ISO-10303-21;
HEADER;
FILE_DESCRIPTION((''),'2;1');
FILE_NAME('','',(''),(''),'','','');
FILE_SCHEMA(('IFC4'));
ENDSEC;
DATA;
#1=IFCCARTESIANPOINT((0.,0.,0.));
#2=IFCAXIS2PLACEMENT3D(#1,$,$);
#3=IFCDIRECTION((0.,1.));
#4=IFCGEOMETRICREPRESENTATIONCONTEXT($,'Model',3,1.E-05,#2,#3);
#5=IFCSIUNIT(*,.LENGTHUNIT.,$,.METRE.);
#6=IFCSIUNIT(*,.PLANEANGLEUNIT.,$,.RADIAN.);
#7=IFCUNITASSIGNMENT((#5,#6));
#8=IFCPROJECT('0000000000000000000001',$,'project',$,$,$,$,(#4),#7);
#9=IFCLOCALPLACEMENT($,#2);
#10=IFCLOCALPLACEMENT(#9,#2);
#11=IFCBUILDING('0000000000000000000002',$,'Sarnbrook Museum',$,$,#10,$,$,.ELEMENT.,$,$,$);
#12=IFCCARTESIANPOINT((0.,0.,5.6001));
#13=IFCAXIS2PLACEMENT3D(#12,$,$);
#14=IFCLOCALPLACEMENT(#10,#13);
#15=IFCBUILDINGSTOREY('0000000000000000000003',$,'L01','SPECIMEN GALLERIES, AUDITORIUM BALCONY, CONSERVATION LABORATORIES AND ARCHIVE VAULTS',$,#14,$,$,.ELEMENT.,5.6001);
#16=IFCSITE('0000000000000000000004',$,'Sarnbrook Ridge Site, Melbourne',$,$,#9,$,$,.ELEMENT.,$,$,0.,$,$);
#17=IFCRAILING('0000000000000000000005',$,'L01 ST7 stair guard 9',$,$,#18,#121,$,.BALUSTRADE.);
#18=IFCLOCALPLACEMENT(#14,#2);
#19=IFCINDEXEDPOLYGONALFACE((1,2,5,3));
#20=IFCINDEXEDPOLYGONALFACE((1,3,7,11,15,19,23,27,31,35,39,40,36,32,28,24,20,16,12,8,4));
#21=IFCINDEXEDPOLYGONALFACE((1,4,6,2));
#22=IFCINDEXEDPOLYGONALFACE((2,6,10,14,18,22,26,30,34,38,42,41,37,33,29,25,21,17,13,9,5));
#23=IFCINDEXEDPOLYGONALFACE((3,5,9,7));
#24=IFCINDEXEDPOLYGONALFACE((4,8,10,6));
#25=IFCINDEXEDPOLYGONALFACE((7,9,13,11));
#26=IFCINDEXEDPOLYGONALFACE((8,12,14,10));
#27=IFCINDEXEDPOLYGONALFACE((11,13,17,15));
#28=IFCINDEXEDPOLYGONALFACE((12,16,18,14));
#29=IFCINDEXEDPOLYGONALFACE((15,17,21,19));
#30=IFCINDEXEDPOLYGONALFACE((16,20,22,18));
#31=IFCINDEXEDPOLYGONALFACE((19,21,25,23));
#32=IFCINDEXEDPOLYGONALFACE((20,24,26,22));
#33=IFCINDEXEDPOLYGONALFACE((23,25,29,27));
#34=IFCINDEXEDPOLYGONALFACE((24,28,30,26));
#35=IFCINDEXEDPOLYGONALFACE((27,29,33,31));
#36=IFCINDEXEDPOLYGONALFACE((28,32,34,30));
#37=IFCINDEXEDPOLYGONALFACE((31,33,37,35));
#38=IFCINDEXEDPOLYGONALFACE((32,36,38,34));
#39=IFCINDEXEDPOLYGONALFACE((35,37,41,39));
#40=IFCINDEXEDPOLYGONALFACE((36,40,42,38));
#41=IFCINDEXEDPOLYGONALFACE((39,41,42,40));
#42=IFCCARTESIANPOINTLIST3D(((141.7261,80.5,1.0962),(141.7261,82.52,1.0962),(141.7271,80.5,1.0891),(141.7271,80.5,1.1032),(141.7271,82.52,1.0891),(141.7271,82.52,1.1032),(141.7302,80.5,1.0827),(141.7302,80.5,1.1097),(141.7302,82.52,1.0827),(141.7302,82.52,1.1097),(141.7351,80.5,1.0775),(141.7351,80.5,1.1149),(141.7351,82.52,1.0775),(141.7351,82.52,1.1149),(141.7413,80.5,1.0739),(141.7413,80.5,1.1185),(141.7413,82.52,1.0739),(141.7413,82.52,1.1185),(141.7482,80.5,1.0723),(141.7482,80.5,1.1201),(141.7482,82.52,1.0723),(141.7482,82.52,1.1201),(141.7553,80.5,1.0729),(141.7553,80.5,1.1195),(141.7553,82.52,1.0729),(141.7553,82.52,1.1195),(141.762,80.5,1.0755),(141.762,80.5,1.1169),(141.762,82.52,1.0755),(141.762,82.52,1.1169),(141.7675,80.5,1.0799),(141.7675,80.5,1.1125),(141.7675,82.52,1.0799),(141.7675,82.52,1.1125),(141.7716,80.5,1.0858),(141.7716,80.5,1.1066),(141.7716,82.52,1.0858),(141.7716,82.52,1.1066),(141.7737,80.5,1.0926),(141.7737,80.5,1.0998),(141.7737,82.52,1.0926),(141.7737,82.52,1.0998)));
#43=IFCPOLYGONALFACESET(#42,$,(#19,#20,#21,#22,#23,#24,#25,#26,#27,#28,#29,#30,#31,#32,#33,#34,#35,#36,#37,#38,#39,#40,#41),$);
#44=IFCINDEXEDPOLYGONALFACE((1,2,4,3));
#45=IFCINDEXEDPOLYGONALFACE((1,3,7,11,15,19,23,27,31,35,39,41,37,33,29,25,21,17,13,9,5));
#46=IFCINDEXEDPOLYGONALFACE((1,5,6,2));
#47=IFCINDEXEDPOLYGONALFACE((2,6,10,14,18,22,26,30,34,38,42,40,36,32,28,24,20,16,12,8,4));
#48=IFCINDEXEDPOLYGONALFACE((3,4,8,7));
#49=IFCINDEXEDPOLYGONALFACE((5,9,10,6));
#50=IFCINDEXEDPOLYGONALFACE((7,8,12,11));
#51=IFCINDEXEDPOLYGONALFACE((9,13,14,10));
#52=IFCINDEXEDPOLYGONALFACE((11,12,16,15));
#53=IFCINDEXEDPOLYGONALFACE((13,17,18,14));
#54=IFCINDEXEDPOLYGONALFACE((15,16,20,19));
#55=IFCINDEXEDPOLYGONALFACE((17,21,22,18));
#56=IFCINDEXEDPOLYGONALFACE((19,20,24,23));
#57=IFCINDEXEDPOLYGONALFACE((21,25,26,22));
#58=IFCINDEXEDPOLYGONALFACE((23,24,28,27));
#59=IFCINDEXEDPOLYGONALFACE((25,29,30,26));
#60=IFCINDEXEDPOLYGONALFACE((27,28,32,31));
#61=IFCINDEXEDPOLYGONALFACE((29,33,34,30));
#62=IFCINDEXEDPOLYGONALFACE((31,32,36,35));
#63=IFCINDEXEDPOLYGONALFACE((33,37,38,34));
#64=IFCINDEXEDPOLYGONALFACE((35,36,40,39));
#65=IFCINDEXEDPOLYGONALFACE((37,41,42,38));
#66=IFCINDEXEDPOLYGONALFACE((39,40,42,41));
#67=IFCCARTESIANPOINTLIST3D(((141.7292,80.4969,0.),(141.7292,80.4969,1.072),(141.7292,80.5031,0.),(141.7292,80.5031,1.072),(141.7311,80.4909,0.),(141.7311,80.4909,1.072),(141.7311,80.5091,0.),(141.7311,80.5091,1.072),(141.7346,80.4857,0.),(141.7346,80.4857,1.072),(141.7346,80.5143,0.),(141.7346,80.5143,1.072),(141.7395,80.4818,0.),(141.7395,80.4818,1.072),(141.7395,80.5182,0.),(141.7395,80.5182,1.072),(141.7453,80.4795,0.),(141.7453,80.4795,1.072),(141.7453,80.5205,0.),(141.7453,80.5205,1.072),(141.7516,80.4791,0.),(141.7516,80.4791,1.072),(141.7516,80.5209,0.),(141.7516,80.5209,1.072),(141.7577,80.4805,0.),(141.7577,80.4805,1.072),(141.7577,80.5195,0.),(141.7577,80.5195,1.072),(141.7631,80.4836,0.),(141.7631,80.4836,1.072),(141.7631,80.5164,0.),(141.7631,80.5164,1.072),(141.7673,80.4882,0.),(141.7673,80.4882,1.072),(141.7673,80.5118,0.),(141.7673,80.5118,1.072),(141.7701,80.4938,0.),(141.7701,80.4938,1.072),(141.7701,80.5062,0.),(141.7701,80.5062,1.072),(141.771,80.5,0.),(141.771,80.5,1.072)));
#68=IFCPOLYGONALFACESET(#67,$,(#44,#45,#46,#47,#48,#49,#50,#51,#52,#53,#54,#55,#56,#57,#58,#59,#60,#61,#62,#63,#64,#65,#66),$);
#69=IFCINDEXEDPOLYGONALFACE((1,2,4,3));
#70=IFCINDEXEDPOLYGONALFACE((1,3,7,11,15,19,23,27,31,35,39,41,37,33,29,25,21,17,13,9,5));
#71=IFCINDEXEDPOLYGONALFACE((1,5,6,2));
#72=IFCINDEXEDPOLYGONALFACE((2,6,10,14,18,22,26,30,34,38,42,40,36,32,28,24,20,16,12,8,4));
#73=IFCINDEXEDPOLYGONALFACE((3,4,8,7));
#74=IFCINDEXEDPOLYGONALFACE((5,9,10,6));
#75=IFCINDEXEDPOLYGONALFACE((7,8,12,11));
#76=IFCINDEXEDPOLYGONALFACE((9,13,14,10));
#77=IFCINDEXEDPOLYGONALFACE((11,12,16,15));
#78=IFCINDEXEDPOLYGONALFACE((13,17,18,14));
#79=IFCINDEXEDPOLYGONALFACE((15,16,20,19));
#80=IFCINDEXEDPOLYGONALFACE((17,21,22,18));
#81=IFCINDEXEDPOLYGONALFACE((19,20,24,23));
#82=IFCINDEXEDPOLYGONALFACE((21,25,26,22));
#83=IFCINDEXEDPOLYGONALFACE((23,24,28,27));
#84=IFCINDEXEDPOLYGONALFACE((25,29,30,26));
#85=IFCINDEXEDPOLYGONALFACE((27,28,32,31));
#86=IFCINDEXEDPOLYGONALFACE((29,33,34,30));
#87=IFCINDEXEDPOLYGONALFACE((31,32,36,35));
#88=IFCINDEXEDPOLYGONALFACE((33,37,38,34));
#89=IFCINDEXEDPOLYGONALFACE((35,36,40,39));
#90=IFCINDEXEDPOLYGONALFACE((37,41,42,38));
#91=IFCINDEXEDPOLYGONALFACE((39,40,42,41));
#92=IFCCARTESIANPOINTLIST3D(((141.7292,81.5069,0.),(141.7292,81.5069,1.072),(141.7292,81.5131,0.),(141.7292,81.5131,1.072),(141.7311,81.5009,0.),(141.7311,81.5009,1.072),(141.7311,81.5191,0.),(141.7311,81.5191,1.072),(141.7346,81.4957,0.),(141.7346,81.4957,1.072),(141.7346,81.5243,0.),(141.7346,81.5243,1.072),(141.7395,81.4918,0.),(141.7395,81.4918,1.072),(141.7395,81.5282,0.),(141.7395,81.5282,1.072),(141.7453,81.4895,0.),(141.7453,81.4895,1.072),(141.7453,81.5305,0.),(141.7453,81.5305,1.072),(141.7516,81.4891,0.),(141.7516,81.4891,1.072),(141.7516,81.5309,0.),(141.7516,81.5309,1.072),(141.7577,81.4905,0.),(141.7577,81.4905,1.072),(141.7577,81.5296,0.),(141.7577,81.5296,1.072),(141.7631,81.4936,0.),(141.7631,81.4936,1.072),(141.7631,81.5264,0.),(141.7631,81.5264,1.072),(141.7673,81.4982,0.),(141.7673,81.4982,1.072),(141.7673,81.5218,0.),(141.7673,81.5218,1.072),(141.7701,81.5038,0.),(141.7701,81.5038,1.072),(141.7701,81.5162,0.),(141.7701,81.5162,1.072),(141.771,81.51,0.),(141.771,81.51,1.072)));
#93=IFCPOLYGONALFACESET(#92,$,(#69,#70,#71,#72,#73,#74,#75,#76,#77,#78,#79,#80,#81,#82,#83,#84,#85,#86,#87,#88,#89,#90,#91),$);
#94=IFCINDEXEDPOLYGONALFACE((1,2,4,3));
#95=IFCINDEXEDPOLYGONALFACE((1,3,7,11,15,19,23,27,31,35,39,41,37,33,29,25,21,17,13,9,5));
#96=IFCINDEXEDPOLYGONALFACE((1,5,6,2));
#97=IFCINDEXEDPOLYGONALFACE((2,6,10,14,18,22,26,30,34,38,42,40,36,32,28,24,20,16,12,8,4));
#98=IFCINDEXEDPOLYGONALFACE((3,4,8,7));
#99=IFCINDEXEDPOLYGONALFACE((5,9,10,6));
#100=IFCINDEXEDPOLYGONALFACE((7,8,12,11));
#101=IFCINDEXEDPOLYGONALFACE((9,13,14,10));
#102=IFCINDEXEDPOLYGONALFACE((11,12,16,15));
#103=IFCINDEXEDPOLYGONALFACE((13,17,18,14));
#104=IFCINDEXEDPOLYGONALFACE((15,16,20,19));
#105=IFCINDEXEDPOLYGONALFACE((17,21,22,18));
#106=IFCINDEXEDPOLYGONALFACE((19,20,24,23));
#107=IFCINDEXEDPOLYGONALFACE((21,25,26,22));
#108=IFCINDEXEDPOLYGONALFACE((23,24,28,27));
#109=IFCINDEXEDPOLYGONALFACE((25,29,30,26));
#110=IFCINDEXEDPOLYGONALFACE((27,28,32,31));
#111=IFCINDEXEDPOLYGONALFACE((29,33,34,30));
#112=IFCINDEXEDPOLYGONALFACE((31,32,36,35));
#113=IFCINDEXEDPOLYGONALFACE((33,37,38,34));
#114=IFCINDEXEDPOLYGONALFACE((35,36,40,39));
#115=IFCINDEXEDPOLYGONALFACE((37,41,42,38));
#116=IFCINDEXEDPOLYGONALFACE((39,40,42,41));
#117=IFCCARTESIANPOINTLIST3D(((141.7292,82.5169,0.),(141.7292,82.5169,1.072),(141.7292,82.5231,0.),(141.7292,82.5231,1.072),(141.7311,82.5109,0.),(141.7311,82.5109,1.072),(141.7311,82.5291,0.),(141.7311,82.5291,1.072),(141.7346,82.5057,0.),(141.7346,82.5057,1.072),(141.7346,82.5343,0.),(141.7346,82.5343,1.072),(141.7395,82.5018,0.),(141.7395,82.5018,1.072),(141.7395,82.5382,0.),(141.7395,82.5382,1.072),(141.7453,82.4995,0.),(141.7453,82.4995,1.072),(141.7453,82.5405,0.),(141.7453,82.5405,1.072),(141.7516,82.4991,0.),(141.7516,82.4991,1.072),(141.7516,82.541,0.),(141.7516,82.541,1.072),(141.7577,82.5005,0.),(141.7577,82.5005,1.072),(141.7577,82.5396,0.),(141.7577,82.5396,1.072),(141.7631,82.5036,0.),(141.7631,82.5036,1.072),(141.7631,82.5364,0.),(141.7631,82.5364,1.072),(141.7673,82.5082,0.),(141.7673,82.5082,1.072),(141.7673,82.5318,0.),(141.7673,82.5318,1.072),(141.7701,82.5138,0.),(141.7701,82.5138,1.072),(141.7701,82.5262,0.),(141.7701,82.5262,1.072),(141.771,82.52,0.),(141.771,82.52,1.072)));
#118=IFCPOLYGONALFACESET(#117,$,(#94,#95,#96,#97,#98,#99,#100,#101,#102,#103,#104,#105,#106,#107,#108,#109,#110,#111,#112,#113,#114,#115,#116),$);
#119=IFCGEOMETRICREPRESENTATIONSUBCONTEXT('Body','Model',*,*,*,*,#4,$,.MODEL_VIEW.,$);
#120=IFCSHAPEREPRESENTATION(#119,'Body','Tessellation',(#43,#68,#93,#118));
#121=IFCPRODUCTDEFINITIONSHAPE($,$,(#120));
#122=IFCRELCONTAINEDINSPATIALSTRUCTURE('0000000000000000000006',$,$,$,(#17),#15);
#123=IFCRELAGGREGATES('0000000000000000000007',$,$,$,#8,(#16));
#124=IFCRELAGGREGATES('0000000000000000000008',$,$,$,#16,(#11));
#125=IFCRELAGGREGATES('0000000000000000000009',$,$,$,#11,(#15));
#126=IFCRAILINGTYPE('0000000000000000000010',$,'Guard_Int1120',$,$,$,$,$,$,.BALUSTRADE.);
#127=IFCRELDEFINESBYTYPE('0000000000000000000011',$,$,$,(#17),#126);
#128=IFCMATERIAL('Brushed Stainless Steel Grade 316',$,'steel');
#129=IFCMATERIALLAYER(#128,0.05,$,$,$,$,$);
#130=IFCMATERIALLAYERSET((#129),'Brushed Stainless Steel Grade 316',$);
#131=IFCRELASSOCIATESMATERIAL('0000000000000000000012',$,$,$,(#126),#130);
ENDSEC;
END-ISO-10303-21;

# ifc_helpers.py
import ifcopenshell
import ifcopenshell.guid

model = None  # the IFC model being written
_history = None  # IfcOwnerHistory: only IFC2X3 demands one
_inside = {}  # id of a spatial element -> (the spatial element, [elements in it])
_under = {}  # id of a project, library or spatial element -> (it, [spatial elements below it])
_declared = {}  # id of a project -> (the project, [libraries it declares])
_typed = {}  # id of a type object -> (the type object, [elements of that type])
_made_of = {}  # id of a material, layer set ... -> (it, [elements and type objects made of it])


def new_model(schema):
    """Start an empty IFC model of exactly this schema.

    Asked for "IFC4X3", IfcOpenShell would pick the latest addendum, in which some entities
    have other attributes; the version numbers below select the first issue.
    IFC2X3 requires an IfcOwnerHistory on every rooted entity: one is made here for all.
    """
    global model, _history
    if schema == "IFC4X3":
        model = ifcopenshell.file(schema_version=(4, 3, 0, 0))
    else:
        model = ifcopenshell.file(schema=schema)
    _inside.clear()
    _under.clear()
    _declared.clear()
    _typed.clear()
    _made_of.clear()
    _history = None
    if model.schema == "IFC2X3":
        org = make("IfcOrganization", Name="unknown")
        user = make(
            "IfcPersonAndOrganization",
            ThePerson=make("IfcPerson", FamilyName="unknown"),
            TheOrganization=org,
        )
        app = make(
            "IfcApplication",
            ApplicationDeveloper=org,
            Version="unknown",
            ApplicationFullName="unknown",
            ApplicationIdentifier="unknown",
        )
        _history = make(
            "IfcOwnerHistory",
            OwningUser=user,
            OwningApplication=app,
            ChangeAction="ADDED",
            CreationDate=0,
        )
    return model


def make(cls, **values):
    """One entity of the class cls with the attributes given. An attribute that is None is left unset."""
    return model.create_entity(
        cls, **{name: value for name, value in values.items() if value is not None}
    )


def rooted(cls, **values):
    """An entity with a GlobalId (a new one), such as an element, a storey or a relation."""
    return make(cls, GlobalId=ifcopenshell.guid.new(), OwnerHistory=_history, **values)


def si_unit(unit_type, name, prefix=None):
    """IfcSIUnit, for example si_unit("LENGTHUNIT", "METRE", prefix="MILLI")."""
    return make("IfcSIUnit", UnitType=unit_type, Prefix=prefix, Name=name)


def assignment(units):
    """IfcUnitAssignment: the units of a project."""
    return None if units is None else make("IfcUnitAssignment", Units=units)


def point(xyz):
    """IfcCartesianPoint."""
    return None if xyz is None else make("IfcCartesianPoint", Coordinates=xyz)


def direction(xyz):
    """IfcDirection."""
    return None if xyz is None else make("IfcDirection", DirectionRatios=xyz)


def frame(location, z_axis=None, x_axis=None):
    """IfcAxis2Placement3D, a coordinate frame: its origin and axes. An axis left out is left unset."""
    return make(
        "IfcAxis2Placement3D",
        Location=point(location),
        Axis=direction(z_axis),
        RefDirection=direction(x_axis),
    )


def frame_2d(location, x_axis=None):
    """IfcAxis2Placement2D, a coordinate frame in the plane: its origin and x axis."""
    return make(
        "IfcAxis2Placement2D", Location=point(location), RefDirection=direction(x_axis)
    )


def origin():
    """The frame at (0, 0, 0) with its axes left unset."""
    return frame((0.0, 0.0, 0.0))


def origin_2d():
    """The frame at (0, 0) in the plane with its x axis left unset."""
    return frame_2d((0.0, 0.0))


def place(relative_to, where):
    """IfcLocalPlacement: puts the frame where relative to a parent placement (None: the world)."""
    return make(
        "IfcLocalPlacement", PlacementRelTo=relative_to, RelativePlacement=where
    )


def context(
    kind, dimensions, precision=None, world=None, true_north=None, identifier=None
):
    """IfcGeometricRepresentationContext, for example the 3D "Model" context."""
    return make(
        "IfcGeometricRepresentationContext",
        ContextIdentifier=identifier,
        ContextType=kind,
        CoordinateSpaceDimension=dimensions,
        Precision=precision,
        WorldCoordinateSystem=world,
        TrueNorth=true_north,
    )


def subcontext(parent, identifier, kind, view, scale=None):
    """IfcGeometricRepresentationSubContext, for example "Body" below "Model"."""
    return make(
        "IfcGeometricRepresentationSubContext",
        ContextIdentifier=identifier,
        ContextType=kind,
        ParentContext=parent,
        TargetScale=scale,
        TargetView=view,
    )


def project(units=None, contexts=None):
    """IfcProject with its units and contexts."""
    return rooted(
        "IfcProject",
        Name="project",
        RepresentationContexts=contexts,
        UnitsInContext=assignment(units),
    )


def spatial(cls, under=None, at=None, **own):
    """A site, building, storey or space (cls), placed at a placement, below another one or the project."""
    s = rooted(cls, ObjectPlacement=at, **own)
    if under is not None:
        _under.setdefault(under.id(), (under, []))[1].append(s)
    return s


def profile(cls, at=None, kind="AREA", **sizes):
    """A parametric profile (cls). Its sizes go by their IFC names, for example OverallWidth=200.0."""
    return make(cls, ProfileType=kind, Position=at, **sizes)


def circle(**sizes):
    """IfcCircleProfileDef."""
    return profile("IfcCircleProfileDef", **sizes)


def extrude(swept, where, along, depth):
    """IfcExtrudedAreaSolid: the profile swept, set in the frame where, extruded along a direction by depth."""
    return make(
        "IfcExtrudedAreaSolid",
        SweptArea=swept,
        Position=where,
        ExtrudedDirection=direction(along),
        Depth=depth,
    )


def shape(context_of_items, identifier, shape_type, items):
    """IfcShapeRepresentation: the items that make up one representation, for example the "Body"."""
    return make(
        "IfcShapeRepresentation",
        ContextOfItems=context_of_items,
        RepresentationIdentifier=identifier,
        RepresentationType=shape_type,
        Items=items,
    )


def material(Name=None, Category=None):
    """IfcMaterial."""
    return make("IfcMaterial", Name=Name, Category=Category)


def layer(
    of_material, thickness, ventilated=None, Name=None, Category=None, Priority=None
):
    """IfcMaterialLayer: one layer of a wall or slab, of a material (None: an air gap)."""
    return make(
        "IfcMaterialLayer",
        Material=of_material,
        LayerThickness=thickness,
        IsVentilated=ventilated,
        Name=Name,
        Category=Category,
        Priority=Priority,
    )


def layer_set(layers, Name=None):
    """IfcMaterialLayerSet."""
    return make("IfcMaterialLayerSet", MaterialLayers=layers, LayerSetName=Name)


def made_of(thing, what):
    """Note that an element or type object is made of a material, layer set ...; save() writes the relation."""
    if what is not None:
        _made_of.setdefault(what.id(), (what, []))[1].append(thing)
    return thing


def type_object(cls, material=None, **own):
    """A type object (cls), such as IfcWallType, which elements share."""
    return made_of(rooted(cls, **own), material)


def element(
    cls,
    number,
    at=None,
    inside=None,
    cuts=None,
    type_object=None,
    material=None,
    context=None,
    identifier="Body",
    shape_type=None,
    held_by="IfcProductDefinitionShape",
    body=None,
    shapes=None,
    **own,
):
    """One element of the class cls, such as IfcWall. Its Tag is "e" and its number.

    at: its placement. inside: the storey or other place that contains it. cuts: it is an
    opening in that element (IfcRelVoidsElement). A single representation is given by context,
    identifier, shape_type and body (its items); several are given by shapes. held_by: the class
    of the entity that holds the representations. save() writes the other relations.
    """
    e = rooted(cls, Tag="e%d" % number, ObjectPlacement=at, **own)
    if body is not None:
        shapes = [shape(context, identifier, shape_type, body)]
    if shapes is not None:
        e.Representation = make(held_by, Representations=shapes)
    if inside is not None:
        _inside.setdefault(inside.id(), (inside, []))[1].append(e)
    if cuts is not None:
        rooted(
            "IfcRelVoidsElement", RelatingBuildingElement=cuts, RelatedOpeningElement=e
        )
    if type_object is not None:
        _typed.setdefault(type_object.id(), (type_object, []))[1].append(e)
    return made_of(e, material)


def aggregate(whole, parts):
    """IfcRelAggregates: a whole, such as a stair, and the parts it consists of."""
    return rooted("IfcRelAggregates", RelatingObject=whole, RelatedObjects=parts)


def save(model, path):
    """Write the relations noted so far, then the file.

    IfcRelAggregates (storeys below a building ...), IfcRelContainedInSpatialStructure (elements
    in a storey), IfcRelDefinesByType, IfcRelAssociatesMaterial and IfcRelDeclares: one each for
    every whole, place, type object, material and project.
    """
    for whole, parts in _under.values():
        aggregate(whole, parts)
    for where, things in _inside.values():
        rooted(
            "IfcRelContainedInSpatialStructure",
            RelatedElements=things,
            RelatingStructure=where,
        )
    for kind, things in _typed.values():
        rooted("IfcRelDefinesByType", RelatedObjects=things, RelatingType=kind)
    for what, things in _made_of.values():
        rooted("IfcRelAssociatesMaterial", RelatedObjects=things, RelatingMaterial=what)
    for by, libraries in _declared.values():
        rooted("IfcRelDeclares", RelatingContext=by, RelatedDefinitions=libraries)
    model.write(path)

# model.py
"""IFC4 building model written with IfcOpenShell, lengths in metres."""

from ifc_helpers import new_model, si_unit, direction, frame, origin, origin_2d, place, context, subcontext, project, spatial, circle, extrude, material, layer, layer_set, type_object, element, save


model = new_model("IFC4")

# Units and contexts
model_context = context("Model", 3, precision=1e-05, world=origin(), true_north=direction((0.0, 1.0)))
body_context = subcontext(model_context, "Body", "Model", "MODEL_VIEW")
ifc_project = project(units=[si_unit("LENGTHUNIT", "METRE"), si_unit("PLANEANGLEUNIT", "RADIAN")], contexts=[model_context])

# Site, building, storey
site_placement = place(None, origin())
site = spatial("IfcSite", under=ifc_project, at=site_placement, Name="Sarnbrook Ridge Site, Melbourne", CompositionType="ELEMENT", RefElevation=0.0)
building_placement = place(site_placement, origin())
building = spatial("IfcBuilding", under=site, at=building_placement, Name="Sarnbrook Museum", CompositionType="ELEMENT")
storey_placement = place(building_placement, frame((0.0, 0.0, 5.6001)))
storey = spatial("IfcBuildingStorey", under=building, at=storey_placement, Name="L01", Description="SPECIMEN GALLERIES, AUDITORIUM BALCONY, CONSERVATION LABORATORIES AND ARCHIVE VAULTS", CompositionType="ELEMENT", Elevation=5.6001)

# Railing
ifc_material_1 = material(Name="Brushed Stainless Steel Grade 316", Category="steel")
ifc_layer_1 = layer(ifc_material_1, 0.05)
ifc_layer_set_1 = layer_set([ifc_layer_1], Name="Brushed Stainless Steel Grade 316")
railing_type_1 = type_object("IfcRailingType", Name="Guard_Int1120", PredefinedType="BALUSTRADE", material=ifc_layer_set_1)
for number, where, name in (
    (1, (141.75, 80.5, 0.0), "L01 ST7 stair guard 9"),
):
    element("IfcRailing", number, at=place(storey_placement, frame(where)), inside=storey, type_object=railing_type_1, Name=name, PredefinedType="BALUSTRADE", context=body_context, shape_type="SweptSolid", body=[
        extrude(circle(Radius=0.0239, at=origin_2d()), frame((0.0, 0.0, 1.0962), z_axis=(0.0, 1.0, 0.0), x_axis=(-1.0, 0.0, 0.0)), (0.0, 0.0, 1.0), 2.02),
        extrude(circle(Radius=0.021, at=origin_2d()), origin(), (0.0, 0.0, 1.0), 1.072),
        extrude(circle(Radius=0.021, at=origin_2d()), frame((0.0, 1.01, 0.0)), (0.0, 0.0, 1.0), 1.072),
        extrude(circle(Radius=0.021, at=origin_2d()), frame((0.0, 2.02, 0.0)), (0.0, 0.0, 1.0), 1.072),
    ])

save(model, "model.ifc")
